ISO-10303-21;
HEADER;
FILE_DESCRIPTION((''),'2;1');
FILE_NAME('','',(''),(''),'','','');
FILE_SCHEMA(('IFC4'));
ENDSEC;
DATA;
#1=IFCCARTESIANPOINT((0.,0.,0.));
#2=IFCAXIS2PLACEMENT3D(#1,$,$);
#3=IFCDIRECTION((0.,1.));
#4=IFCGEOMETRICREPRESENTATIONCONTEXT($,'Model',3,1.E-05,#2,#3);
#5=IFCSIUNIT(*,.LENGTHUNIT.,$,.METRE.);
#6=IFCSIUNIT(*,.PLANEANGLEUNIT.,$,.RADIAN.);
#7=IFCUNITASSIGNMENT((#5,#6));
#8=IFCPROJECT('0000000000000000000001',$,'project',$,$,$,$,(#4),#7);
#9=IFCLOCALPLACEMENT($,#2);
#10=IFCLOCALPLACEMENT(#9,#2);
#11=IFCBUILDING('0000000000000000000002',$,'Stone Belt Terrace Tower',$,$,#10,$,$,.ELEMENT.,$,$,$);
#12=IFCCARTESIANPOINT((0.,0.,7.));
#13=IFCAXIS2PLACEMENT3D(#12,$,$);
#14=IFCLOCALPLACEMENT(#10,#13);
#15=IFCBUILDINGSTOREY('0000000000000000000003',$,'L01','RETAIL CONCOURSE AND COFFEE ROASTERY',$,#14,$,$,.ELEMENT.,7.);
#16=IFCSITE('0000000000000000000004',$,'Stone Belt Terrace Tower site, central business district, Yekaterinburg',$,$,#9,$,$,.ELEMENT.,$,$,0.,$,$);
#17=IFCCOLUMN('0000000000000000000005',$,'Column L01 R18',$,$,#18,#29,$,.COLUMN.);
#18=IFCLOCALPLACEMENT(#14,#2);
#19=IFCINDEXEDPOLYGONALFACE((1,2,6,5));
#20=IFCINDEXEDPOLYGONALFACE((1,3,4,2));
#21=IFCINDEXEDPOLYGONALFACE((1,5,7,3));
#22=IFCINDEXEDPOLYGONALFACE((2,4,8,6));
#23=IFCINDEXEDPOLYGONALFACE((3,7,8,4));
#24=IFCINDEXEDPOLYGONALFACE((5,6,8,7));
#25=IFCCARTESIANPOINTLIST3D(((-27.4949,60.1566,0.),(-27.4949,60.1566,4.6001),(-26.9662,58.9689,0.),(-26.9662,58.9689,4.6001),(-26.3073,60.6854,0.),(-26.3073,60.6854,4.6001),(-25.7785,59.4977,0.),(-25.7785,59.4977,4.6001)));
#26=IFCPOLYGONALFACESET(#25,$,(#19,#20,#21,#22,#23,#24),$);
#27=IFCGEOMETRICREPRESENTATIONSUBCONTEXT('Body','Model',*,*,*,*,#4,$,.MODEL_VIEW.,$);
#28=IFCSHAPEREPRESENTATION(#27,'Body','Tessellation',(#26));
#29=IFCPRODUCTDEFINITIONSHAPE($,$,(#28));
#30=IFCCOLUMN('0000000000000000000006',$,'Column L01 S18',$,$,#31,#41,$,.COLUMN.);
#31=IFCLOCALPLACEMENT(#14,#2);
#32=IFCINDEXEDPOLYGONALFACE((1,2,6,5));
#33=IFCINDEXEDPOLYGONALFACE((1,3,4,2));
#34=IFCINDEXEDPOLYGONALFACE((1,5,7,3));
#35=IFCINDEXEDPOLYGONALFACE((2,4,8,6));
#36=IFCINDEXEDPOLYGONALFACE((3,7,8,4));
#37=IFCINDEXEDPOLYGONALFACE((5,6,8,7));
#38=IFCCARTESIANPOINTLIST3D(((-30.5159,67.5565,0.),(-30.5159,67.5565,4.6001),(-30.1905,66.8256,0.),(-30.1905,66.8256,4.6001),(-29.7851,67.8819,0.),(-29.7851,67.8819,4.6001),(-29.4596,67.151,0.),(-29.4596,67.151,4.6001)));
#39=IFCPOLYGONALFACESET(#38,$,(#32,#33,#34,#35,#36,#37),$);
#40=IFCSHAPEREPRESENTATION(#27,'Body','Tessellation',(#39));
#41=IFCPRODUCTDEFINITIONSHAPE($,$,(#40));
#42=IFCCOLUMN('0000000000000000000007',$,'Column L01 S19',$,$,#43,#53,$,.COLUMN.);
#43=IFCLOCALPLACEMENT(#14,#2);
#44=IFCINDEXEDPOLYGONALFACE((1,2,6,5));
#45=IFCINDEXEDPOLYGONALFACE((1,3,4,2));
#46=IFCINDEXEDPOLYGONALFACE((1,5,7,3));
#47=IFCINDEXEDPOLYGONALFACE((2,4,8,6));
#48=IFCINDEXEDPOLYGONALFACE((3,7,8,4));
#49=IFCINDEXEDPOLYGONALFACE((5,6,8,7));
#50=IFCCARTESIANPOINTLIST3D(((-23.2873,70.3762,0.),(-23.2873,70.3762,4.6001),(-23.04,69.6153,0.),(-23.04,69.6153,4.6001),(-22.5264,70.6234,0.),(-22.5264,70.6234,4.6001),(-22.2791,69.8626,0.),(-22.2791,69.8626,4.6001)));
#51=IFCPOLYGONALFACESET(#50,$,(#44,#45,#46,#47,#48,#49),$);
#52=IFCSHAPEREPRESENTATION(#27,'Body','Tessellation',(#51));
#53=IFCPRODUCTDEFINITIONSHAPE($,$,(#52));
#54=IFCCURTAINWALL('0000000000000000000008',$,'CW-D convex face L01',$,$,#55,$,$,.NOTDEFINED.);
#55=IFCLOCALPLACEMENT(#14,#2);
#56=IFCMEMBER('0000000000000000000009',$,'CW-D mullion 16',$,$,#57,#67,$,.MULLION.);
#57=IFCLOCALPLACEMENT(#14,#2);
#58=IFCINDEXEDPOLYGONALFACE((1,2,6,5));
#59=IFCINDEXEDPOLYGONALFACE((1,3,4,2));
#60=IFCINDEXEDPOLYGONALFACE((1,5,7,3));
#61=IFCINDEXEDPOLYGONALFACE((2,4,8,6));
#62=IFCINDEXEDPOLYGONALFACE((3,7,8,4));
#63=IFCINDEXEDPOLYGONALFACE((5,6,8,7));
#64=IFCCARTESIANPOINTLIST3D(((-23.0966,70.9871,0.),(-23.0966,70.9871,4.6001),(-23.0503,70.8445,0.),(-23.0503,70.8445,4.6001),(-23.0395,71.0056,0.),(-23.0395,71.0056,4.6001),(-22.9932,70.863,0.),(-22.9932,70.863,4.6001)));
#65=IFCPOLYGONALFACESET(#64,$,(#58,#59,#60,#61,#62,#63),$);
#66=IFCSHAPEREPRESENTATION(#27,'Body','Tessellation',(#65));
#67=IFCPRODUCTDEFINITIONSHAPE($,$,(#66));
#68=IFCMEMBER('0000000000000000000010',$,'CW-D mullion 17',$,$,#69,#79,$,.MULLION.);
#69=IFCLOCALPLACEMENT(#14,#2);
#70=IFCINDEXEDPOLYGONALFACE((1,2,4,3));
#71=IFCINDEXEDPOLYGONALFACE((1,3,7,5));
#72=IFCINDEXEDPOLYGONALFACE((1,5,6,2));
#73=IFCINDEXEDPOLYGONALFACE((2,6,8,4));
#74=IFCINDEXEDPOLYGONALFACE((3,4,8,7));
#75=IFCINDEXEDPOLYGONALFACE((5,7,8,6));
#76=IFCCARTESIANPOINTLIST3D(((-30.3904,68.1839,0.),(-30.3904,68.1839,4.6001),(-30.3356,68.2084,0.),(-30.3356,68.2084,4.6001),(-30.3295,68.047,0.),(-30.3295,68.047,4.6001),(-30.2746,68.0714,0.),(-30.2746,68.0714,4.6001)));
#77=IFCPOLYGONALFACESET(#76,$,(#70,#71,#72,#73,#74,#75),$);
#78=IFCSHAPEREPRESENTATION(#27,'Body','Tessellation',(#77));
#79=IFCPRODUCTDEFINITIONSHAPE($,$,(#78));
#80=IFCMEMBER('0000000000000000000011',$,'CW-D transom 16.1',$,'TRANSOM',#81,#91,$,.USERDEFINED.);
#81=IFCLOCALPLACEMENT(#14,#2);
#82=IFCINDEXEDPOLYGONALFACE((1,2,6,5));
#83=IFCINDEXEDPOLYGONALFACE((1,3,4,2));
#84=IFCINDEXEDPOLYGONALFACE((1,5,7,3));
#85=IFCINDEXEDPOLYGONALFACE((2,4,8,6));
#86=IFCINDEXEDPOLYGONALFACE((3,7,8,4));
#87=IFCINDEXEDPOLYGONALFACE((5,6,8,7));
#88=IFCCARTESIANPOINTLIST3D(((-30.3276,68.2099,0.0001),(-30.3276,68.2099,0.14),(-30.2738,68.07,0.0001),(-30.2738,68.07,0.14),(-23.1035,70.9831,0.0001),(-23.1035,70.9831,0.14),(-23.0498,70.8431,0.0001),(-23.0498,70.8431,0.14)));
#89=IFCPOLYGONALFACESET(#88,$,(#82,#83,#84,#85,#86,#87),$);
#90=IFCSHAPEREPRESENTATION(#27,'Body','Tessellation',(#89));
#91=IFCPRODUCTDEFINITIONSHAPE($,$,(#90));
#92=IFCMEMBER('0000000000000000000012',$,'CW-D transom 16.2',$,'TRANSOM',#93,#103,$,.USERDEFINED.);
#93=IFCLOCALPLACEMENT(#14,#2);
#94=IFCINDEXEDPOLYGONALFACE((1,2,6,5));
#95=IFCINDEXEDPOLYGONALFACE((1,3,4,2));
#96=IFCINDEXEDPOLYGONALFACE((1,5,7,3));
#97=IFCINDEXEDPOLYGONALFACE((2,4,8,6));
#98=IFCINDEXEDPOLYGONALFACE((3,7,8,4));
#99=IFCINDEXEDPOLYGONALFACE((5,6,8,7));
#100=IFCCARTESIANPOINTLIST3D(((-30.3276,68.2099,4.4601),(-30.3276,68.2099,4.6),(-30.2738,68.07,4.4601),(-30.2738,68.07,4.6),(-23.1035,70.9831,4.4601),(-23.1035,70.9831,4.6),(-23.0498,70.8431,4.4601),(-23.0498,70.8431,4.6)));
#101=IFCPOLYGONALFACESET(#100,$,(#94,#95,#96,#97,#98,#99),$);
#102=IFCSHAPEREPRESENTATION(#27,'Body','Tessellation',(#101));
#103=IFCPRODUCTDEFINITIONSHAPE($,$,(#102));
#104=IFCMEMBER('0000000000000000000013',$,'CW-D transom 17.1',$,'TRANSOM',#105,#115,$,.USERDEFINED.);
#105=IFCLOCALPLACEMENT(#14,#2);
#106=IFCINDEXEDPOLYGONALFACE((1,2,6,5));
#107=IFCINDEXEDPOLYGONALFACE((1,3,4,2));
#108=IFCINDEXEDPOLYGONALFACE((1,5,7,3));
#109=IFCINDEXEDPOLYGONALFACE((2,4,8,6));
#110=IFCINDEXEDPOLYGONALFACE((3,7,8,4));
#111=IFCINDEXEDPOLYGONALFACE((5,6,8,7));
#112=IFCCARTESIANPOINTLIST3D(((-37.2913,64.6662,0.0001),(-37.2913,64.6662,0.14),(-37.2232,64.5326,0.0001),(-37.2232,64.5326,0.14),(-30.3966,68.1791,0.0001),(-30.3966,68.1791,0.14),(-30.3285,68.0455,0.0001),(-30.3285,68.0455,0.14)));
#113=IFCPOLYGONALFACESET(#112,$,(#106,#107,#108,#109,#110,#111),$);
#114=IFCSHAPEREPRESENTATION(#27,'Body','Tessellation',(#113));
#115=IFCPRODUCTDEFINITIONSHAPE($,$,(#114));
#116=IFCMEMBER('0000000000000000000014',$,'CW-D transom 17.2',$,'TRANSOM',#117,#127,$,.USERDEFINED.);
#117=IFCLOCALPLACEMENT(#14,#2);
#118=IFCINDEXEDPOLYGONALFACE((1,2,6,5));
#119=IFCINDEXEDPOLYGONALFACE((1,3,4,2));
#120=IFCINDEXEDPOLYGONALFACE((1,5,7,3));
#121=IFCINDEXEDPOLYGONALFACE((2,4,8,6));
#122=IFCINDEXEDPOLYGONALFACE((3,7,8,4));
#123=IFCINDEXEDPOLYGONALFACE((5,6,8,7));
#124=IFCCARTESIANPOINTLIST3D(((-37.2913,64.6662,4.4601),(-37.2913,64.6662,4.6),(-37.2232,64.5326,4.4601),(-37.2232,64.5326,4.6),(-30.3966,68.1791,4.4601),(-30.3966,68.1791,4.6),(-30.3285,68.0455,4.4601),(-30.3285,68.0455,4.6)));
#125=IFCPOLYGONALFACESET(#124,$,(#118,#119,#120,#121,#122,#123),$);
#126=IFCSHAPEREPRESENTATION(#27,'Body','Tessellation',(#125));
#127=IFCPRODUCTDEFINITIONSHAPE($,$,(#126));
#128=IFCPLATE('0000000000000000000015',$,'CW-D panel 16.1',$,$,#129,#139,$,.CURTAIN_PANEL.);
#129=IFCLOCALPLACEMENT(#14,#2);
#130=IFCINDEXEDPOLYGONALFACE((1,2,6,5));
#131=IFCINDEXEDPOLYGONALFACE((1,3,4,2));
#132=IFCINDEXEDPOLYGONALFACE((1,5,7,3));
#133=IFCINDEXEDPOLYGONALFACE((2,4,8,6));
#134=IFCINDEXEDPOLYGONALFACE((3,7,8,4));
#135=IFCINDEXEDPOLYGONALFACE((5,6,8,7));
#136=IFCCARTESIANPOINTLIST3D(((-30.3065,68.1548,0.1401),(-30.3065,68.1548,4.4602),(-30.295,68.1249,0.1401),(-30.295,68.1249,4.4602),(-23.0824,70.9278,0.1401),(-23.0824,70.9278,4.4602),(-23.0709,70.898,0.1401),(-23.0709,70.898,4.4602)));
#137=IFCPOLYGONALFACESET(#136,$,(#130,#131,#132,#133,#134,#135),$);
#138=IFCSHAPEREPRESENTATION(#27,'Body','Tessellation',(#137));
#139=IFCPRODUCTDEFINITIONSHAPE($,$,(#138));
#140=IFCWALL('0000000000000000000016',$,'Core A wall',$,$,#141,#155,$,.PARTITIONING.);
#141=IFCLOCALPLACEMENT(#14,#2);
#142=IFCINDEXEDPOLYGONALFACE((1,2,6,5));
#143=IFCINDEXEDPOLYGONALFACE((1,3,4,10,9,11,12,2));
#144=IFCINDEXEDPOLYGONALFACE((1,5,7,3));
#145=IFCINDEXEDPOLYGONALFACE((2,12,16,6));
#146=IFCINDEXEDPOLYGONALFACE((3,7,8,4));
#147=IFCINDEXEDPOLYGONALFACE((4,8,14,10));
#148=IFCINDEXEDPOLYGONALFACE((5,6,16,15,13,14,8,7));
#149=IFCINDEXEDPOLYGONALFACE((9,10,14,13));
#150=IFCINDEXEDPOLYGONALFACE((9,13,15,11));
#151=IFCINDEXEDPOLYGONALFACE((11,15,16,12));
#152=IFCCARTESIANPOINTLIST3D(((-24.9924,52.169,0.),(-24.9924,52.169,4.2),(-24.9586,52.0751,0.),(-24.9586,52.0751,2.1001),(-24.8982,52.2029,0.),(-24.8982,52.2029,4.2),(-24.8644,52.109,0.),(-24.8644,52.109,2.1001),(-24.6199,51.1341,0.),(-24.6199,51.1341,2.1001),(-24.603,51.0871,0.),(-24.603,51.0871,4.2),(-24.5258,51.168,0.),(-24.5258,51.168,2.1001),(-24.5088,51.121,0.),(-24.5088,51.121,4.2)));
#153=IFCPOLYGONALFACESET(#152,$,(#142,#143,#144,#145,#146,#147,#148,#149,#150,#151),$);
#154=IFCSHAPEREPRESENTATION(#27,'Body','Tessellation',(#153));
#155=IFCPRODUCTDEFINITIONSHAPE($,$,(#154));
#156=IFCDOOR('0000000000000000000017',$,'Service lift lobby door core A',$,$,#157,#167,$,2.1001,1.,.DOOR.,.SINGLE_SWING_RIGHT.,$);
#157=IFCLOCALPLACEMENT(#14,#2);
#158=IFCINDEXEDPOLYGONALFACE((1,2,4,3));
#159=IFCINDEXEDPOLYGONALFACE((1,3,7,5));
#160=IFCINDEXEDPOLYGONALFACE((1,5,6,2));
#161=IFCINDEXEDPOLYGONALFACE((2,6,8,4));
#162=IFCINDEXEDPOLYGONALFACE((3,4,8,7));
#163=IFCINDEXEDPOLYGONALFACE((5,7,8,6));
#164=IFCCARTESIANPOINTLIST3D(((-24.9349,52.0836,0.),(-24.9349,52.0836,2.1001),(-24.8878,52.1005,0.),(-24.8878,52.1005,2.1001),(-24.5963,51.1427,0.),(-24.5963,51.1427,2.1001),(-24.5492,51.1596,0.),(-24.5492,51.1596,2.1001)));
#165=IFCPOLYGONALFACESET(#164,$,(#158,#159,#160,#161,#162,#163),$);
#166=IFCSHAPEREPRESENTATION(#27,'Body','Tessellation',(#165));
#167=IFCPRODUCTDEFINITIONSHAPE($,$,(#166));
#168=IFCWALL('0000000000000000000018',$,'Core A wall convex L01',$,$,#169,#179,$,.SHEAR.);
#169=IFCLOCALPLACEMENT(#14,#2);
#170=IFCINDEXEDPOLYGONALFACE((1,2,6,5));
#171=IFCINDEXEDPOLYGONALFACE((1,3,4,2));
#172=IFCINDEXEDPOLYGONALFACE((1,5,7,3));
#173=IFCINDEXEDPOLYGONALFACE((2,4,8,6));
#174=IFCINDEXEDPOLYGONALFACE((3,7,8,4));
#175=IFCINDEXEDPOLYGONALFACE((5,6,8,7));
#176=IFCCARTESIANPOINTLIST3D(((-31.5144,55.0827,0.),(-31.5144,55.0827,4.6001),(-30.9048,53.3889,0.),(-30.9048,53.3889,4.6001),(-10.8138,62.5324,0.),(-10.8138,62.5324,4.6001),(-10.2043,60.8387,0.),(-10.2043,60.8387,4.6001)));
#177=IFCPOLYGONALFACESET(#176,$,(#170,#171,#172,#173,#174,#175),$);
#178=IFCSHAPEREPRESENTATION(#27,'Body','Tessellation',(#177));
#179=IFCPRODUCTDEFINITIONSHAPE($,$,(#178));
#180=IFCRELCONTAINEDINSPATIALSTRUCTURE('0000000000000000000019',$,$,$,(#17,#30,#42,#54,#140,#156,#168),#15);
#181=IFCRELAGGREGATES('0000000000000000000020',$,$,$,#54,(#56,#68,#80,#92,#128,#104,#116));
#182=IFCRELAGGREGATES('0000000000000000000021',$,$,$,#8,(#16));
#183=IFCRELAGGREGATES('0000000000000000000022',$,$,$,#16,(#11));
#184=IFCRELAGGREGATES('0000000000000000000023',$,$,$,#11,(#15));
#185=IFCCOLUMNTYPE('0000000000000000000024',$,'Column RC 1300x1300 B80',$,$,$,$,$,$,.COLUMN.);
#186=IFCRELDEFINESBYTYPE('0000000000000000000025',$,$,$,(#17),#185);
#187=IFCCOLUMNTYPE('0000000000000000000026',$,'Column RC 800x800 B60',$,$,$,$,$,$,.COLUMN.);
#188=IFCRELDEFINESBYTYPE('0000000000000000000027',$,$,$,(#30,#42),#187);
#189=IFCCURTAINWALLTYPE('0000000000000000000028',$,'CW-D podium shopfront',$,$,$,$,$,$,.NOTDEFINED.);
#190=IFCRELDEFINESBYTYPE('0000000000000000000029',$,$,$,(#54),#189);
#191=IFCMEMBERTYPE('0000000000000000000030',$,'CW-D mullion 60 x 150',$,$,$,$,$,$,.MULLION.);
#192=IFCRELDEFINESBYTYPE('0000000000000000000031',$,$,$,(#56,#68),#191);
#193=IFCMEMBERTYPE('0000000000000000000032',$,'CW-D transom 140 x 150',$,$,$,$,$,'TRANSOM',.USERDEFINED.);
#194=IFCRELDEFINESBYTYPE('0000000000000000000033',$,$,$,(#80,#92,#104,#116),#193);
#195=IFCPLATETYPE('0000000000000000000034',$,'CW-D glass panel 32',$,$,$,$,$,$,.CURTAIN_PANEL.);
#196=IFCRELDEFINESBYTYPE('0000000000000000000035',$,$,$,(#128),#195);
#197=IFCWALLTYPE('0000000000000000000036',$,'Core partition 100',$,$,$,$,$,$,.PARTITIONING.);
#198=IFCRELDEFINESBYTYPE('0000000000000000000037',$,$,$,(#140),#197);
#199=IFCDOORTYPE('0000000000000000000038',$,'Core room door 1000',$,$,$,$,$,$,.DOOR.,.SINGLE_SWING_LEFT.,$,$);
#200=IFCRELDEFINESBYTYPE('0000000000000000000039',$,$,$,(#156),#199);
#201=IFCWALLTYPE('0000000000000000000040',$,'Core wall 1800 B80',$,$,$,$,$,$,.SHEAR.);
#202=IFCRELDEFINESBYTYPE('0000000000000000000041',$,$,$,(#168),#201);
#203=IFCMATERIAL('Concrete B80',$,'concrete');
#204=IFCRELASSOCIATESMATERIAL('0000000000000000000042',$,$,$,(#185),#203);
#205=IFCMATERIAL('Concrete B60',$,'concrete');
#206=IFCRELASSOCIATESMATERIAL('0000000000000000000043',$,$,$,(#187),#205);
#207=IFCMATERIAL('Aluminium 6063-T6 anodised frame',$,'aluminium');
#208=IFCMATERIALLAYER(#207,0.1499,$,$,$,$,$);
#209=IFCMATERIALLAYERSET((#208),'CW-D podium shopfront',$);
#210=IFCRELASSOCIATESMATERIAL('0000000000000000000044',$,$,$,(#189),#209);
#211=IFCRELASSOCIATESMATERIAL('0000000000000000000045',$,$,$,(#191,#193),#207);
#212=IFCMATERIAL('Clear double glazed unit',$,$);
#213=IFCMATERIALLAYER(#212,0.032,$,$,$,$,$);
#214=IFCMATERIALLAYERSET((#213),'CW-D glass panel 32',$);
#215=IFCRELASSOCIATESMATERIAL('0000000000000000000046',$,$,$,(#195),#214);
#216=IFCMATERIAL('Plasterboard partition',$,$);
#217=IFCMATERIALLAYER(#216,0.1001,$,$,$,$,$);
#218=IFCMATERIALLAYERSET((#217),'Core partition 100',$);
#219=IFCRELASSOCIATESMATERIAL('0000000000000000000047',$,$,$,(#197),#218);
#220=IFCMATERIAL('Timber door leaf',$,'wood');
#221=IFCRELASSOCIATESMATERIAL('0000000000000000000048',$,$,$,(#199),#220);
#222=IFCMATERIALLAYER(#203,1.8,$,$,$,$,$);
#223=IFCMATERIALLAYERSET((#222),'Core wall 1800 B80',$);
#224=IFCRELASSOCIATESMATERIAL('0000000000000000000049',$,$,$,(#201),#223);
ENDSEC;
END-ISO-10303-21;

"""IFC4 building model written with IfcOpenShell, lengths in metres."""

from ifc_helpers import new_model, si_unit, direction, frame, frame_2d, origin, origin_2d, place, context, subcontext, project, spatial, rectangle, extrude, material, layer, layer_set, material_profile, profile_set, type_object, element, fill, aggregate, save


model = new_model("IFC4")

# Units and contexts
model_context = context("Model", 3, precision=1e-05, world=origin(), true_north=direction((0.0, 1.0)))
body_context = subcontext(model_context, "Body", "Model", "MODEL_VIEW")
ifc_project = project(units=[si_unit("LENGTHUNIT", "METRE"), si_unit("PLANEANGLEUNIT", "RADIAN")], contexts=[model_context])

# Site, building, storey
site_placement = place(None, origin())
site = spatial("IfcSite", under=ifc_project, at=site_placement, Name="Stone Belt Terrace Tower site, central business district, Yekaterinburg", CompositionType="ELEMENT", RefElevation=0.0)
building_placement = place(site_placement, origin())
building = spatial("IfcBuilding", under=site, at=building_placement, Name="Stone Belt Terrace Tower", CompositionType="ELEMENT")
storey_placement = place(building_placement, frame((0.0, 0.0, 7.0)))
storey = spatial("IfcBuildingStorey", under=building, at=storey_placement, Name="L01", Description="RETAIL CONCOURSE AND COFFEE ROASTERY", CompositionType="ELEMENT", Elevation=7.0)

# Columns
ifc_material_1 = material(Name="Concrete B80", Category="concrete")
ifc_material_profile_1 = material_profile(ifc_material_1, rectangle(XDim=1.3, YDim=1.3, at=origin_2d()), Name="RC 1300x1300")
ifc_profile_set_1 = profile_set([ifc_material_profile_1], Name="Concrete B80")
column_type_1 = type_object("IfcColumnType", Name="Column RC 1300x1300 B80", PredefinedType="COLUMN", material=ifc_profile_set_1)
column_placement = place(storey_placement, frame((-26.6367, 59.8271, 0.0), z_axis=(0.0, 0.0, 1.0), x_axis=(0.913545, 0.406737, 0.0)))
element("IfcColumn", 1, at=column_placement, inside=storey, type_object=column_type_1, Name="Column L01 R18", PredefinedType="COLUMN", context=body_context, shape_type="SweptSolid", body=[
    extrude(rectangle(XDim=1.3, YDim=1.3, at=origin_2d()), origin(), (0.0, 0.0, 1.0), 4.6001),
])
ifc_material_2 = material(Name="Concrete B60", Category="concrete")
ifc_material_profile_2 = material_profile(ifc_material_2, rectangle(XDim=0.8, YDim=0.8, at=origin_2d()), Name="RC 800x800")
ifc_profile_set_2 = profile_set([ifc_material_profile_2], Name="Concrete B60")
column_type_2 = type_object("IfcColumnType", Name="Column RC 800x800 B60", PredefinedType="COLUMN", material=ifc_profile_set_2)
for number, where, z_axis, x_axis, name in (
    (2, (-29.9878, 67.3538, 0.0), (0.0, 0.0, 1.0), (0.913545, 0.406737, 0.0), "Column L01 S18"),
    (3, (-22.7832, 70.1194, 0.0), (0.0, 0.0, 1.0), (0.951057, 0.309017, 0.0), "Column L01 S19"),
):
    element("IfcColumn", number, at=place(storey_placement, frame(where, z_axis=z_axis, x_axis=x_axis)), inside=storey, type_object=column_type_2, Name=name, PredefinedType="COLUMN", context=body_context, shape_type="SweptSolid", body=[
        extrude(rectangle(XDim=0.8, YDim=0.8, at=origin_2d()), origin(), (0.0, 0.0, 1.0), 4.6001),
    ])

# Curtain wall, members, plate
ifc_material_3 = material(Name="Aluminium 6063-T6 anodised frame", Category="aluminium")
ifc_layer_1 = layer(ifc_material_3, 0.1499)
ifc_layer_set_1 = layer_set([ifc_layer_1], Name="CW-D podium shopfront")
curtain_wall_type = type_object("IfcCurtainWallType", Name="CW-D podium shopfront", PredefinedType="NOTDEFINED", material=ifc_layer_set_1)
curtain_wall_placement = place(storey_placement, origin())
curtain_wall = element("IfcCurtainWall", 4, at=curtain_wall_placement, inside=storey, type_object=curtain_wall_type, Name="CW-D convex face L01", PredefinedType="NOTDEFINED")
ifc_material_profile_3 = material_profile(ifc_material_3, rectangle(XDim=0.1499, YDim=0.0601, at=origin_2d()), Name="Aluminium 6063-T6 60x150")
ifc_profile_set_3 = profile_set([ifc_material_profile_3], Name="Aluminium 6063-T6 anodised frame")
member_type_1 = type_object("IfcMemberType", Name="CW-D mullion 60 x 150", PredefinedType="MULLION", material=ifc_profile_set_3)
member_1_placement = place(storey_placement, frame((-23.0449, 70.925, 0.0), z_axis=(0.0, 0.0, 1.0), x_axis=(0.309017, -0.951057, 0.0)))
member_1 = element("IfcMember", 5, at=member_1_placement, type_object=member_type_1, Name="CW-D mullion 16", PredefinedType="MULLION", context=body_context, shape_type="SweptSolid", body=[
    extrude(rectangle(XDim=0.1499, YDim=0.0601, at=origin_2d()), origin(), (0.0, 0.0, 1.0), 4.6001),
])
member_2_placement = place(storey_placement, frame((-30.3325, 68.1277, 0.0), z_axis=(0.0, 0.0, 1.0), x_axis=(0.406737, -0.913545, 0.0)))
member_2 = element("IfcMember", 6, at=member_2_placement, type_object=member_type_1, Name="CW-D mullion 17", PredefinedType="MULLION", context=body_context, shape_type="SweptSolid", body=[
    extrude(rectangle(XDim=0.1499, YDim=0.0601, at=origin_2d()), origin(), (0.0, 0.0, 1.0), 4.6001),
])
ifc_material_profile_4 = material_profile(ifc_material_3, rectangle(XDim=0.1499, YDim=0.1399, at=origin_2d()), Name="Aluminium 6063-T6 150x140")
ifc_profile_set_4 = profile_set([ifc_material_profile_4], Name="Aluminium 6063-T6 anodised frame")
member_type_2 = type_object("IfcMemberType", Name="CW-D transom 140 x 150", ElementType="TRANSOM", PredefinedType="USERDEFINED", material=ifc_profile_set_4)
member_3_placement = place(storey_placement, frame((-23.0767, 70.9131, 0.0701), z_axis=(-0.933576, -0.358381, 0.0), x_axis=(0.358381, -0.933576, 0.0)))
member_3 = element("IfcMember", 7, at=member_3_placement, type_object=member_type_2, Name="CW-D transom 16.1", ObjectType="TRANSOM", PredefinedType="USERDEFINED", context=body_context, shape_type="SweptSolid", body=[
    extrude(rectangle(XDim=0.1499, YDim=0.1399, at=origin_2d()), origin(), (0.0, 0.0, 1.0), 7.738),
])
member_4_placement = place(storey_placement, frame((-23.0767, 70.9131, 4.53), z_axis=(-0.933576, -0.358381, 0.0), x_axis=(0.358381, -0.933576, 0.0)))
member_4 = element("IfcMember", 8, at=member_4_placement, type_object=member_type_2, Name="CW-D transom 16.2", ObjectType="TRANSOM", PredefinedType="USERDEFINED", context=body_context, shape_type="SweptSolid", body=[
    extrude(rectangle(XDim=0.1499, YDim=0.1399, at=origin_2d()), origin(), (0.0, 0.0, 1.0), 7.738),
])
member_5_placement = place(storey_placement, frame((-30.3625, 68.1123, 0.0701), z_axis=(-0.891013, -0.453978, 0.0), x_axis=(0.453978, -0.891013, 0.0)))
member_5 = element("IfcMember", 9, at=member_5_placement, type_object=member_type_2, Name="CW-D transom 17.1", ObjectType="TRANSOM", PredefinedType="USERDEFINED", context=body_context, shape_type="SweptSolid", body=[
    extrude(rectangle(XDim=0.1499, YDim=0.1399, at=origin_2d()), origin(), (0.0, 0.0, 1.0), 7.738),
])
member_6_placement = place(storey_placement, frame((-30.3625, 68.1123, 4.53), z_axis=(-0.891013, -0.453978, 0.0), x_axis=(0.453978, -0.891013, 0.0)))
member_6 = element("IfcMember", 10, at=member_6_placement, type_object=member_type_2, Name="CW-D transom 17.2", ObjectType="TRANSOM", PredefinedType="USERDEFINED", context=body_context, shape_type="SweptSolid", body=[
    extrude(rectangle(XDim=0.1499, YDim=0.1399, at=origin_2d()), origin(), (0.0, 0.0, 1.0), 7.738),
])
ifc_material_4 = material(Name="Clear double glazed unit")
ifc_layer_2 = layer(ifc_material_4, 0.032)
ifc_layer_set_2 = layer_set([ifc_layer_2], Name="CW-D glass panel 32")
plate_type = type_object("IfcPlateType", Name="CW-D glass panel 32", PredefinedType="CURTAIN_PANEL", material=ifc_layer_set_2)
plate_placement = place(storey_placement, frame((-26.6887, 69.5264, 0.1401), z_axis=(0.0, 0.0, 1.0), x_axis=(-0.93358, -0.358368, 0.0)))
plate = element("IfcPlate", 11, at=plate_placement, type_object=plate_type, Name="CW-D panel 16.1", PredefinedType="CURTAIN_PANEL", context=body_context, shape_type="SweptSolid", body=[
    extrude(rectangle(XDim=7.738, YDim=0.032, at=origin_2d()), origin(), (0.0, 0.0, 1.0), 4.3201),
])
aggregate(curtain_wall, [member_1, member_2, member_3, member_4, plate, member_5, member_6])

# Wall, opening, door
ifc_material_5 = material(Name="Plasterboard partition")
ifc_layer_3 = layer(ifc_material_5, 0.1001)
ifc_layer_set_3 = layer_set([ifc_layer_3], Name="Core partition 100")
wall_type_1 = type_object("IfcWallType", Name="Core partition 100", PredefinedType="PARTITIONING", material=ifc_layer_set_3)
wall_1_placement = place(storey_placement, frame((-24.5559, 51.104, 0.0), z_axis=(0.0, 0.0, 1.0), x_axis=(-0.338622, 0.940923, 0.0)))
wall_1 = element("IfcWall", 12, at=wall_1_placement, inside=storey, type_object=wall_type_1, Name="Core A wall", PredefinedType="PARTITIONING", context=body_context, shape_type="SweptSolid", body=[
    extrude(rectangle(XDim=1.1499, YDim=0.1001, at=frame_2d((0.575, 0.0))), origin(), (0.0, 0.0, 1.0), 4.2),
])
opening_1_placement = place(wall_1_placement, frame((0.05, 0.0, 0.0)))
opening_1 = element("IfcOpeningElement", 13, at=opening_1_placement, cuts=wall_1, PredefinedType="OPENING", context=body_context, shape_type="SweptSolid", body=[
    extrude(rectangle(XDim=1.0, YDim=2.1001, at=frame_2d((0.5, 1.05))), frame((0.0, 0.0601, 0.0), z_axis=(0.0, -1.0, 0.0), x_axis=(1.0, 0.0, 0.0)), (0.0, 0.0, 1.0), 0.1201),
])
ifc_material_6 = material(Name="Timber door leaf", Category="wood")
door_type_1 = type_object("IfcDoorType", Name="Core room door 1000", OperationType="SINGLE_SWING_LEFT", PredefinedType="DOOR", material=ifc_material_6)
door_1_placement = place(opening_1_placement, origin())
door_1 = element("IfcDoor", 14, at=door_1_placement, inside=storey, type_object=door_type_1, Name="Service lift lobby door core A", OperationType="SINGLE_SWING_RIGHT", OverallHeight=2.1001, OverallWidth=1.0, PredefinedType="DOOR", context=body_context, shape_type="SweptSolid", body=[
    extrude(rectangle(XDim=1.0, YDim=2.1001, at=frame_2d((0.5, 1.05))), frame((0.0, 0.0249, 0.0), z_axis=(0.0, -1.0, 0.0), x_axis=(1.0, 0.0, 0.0)), (0.0, 0.0, 1.0), 0.05),
])
fill(opening_1, door_1)

# Wall
ifc_layer_4 = layer(ifc_material_1, 1.8)
ifc_layer_set_4 = layer_set([ifc_layer_4], Name="Core wall 1800 B80")
wall_type_2 = type_object("IfcWallType", Name="Core wall 1800 B80", PredefinedType="SHEAR", material=ifc_layer_set_4)
wall_2_placement = place(storey_placement, frame((-31.2095, 54.2358, 0.0), z_axis=(0.0, 0.0, 1.0), x_axis=(0.940923, 0.338621, 0.0)))
element("IfcWall", 15, at=wall_2_placement, inside=storey, type_object=wall_type_2, Name="Core A wall convex L01", PredefinedType="SHEAR", context=body_context, shape_type="SweptSolid", body=[
    extrude(rectangle(XDim=22.0002, YDim=1.8, at=frame_2d((11.0, 0.0))), origin(), (0.0, 0.0, 1.0), 4.6001),
])

save(model, "model.ifc")
